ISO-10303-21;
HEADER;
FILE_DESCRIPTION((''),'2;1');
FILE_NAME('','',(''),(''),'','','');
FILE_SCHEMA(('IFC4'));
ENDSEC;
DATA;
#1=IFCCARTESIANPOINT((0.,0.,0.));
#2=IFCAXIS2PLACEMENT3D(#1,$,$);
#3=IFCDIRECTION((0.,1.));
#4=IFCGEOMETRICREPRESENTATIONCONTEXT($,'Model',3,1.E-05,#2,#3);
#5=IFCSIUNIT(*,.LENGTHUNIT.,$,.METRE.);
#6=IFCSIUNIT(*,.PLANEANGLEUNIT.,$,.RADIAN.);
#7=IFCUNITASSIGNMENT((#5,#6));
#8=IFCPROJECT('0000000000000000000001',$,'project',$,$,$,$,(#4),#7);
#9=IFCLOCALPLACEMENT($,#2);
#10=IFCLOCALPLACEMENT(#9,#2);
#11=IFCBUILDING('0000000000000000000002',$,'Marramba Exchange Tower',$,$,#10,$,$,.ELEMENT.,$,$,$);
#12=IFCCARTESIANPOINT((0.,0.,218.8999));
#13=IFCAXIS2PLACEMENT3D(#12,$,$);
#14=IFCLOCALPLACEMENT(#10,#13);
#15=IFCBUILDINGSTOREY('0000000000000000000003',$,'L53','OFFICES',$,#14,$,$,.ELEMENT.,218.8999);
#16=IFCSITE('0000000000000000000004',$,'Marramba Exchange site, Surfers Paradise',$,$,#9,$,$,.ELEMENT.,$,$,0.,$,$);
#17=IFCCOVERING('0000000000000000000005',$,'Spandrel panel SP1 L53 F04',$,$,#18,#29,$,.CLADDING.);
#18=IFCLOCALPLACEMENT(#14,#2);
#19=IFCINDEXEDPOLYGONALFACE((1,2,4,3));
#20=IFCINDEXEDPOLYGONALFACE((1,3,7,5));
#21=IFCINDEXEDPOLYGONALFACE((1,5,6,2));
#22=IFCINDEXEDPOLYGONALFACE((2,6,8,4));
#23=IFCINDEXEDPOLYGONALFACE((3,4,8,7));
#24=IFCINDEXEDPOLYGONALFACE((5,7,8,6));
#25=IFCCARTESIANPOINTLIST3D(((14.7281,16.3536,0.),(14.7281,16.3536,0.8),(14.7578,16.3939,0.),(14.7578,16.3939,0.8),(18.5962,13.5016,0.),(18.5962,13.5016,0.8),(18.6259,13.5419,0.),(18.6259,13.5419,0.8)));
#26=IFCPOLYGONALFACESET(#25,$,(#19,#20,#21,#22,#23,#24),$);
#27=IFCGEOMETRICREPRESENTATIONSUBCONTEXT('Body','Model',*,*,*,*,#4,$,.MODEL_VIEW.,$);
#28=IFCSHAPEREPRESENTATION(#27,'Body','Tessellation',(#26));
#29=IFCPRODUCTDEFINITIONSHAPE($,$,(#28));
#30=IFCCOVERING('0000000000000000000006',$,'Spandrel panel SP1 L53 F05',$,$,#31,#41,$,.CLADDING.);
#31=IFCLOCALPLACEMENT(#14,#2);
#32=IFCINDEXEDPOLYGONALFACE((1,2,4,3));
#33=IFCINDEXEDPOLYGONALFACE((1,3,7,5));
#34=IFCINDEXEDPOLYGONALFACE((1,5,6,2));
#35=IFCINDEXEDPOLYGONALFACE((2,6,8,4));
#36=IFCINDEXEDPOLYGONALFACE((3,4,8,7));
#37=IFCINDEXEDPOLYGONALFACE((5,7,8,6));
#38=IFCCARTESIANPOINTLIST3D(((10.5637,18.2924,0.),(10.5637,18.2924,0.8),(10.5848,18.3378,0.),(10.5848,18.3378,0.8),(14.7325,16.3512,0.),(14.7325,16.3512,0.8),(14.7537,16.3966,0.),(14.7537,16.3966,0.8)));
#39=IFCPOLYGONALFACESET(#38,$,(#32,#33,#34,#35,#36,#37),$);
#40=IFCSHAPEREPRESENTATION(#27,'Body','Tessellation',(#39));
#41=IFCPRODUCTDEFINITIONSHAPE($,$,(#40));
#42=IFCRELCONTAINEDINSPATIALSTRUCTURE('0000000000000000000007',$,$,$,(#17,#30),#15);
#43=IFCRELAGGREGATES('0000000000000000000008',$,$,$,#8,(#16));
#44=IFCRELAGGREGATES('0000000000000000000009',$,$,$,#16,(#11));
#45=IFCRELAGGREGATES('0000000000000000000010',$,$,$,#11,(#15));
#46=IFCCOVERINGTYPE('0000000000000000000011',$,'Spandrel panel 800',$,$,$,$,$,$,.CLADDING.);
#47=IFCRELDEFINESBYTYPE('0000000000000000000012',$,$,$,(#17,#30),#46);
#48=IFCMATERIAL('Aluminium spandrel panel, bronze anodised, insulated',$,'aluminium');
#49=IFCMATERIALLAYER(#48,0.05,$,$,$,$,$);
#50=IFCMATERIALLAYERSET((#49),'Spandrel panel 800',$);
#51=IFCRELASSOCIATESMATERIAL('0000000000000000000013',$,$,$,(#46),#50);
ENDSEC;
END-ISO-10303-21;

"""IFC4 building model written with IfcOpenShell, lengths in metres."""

from ifc_helpers import new_model, si_unit, direction, frame, origin, origin_2d, place, context, subcontext, project, spatial, rectangle, extrude, material, layer, layer_set, type_object, element, save


model = new_model("IFC4")

# Units and contexts
model_context = context("Model", 3, precision=1e-05, world=origin(), true_north=direction((0.0, 1.0)))
body_context = subcontext(model_context, "Body", "Model", "MODEL_VIEW")
ifc_project = project(units=[si_unit("LENGTHUNIT", "METRE"), si_unit("PLANEANGLEUNIT", "RADIAN")], contexts=[model_context])

# Site, building, storey
site_placement = place(None, origin())
site = spatial("IfcSite", under=ifc_project, at=site_placement, Name="Marramba Exchange site, Surfers Paradise", CompositionType="ELEMENT", RefElevation=0.0)
building_placement = place(site_placement, origin())
building = spatial("IfcBuilding", under=site, at=building_placement, Name="Marramba Exchange Tower", CompositionType="ELEMENT")
storey_placement = place(building_placement, frame((0.0, 0.0, 218.8999)))
storey = spatial("IfcBuildingStorey", under=building, at=storey_placement, Name="L53", Description="OFFICES", CompositionType="ELEMENT", Elevation=218.8999)

# Coverings
ifc_material_1 = material(Name="Aluminium spandrel panel, bronze anodised, insulated", Category="aluminium")
ifc_layer_1 = layer(ifc_material_1, 0.05)
ifc_layer_set_1 = layer_set([ifc_layer_1], Name="Spandrel panel 800")
covering_type = type_object("IfcCoveringType", Name="Spandrel panel 800", PredefinedType="CLADDING", material=ifc_layer_set_1)
covering_1_placement = place(storey_placement, frame((16.677, 14.9478, 0.0), z_axis=(0.0, 0.0, 1.0), x_axis=(-0.804877, 0.593441, 0.0)))
element("IfcCovering", 1, at=covering_1_placement, inside=storey, type_object=covering_type, Name="Spandrel panel SP1 L53 F04", PredefinedType="CLADDING", context=body_context, shape_type="SweptSolid", body=[
    extrude(rectangle(XDim=4.8059, YDim=0.05, at=origin_2d()), origin(), (0.0, 0.0, 1.0), 0.8),
])
covering_2_placement = place(storey_placement, frame((12.6587, 17.3445, 0.0), z_axis=(0.0, 0.0, 1.0), x_axis=(-0.906534, 0.422133, 0.0)))
element("IfcCovering", 2, at=covering_2_placement, inside=storey, type_object=covering_type, Name="Spandrel panel SP1 L53 F05", PredefinedType="CLADDING", context=body_context, shape_type="SweptSolid", body=[
    extrude(rectangle(XDim=4.5986, YDim=0.05, at=origin_2d()), origin(), (0.0, 0.0, 1.0), 0.8),
])

save(model, "model.ifc")
